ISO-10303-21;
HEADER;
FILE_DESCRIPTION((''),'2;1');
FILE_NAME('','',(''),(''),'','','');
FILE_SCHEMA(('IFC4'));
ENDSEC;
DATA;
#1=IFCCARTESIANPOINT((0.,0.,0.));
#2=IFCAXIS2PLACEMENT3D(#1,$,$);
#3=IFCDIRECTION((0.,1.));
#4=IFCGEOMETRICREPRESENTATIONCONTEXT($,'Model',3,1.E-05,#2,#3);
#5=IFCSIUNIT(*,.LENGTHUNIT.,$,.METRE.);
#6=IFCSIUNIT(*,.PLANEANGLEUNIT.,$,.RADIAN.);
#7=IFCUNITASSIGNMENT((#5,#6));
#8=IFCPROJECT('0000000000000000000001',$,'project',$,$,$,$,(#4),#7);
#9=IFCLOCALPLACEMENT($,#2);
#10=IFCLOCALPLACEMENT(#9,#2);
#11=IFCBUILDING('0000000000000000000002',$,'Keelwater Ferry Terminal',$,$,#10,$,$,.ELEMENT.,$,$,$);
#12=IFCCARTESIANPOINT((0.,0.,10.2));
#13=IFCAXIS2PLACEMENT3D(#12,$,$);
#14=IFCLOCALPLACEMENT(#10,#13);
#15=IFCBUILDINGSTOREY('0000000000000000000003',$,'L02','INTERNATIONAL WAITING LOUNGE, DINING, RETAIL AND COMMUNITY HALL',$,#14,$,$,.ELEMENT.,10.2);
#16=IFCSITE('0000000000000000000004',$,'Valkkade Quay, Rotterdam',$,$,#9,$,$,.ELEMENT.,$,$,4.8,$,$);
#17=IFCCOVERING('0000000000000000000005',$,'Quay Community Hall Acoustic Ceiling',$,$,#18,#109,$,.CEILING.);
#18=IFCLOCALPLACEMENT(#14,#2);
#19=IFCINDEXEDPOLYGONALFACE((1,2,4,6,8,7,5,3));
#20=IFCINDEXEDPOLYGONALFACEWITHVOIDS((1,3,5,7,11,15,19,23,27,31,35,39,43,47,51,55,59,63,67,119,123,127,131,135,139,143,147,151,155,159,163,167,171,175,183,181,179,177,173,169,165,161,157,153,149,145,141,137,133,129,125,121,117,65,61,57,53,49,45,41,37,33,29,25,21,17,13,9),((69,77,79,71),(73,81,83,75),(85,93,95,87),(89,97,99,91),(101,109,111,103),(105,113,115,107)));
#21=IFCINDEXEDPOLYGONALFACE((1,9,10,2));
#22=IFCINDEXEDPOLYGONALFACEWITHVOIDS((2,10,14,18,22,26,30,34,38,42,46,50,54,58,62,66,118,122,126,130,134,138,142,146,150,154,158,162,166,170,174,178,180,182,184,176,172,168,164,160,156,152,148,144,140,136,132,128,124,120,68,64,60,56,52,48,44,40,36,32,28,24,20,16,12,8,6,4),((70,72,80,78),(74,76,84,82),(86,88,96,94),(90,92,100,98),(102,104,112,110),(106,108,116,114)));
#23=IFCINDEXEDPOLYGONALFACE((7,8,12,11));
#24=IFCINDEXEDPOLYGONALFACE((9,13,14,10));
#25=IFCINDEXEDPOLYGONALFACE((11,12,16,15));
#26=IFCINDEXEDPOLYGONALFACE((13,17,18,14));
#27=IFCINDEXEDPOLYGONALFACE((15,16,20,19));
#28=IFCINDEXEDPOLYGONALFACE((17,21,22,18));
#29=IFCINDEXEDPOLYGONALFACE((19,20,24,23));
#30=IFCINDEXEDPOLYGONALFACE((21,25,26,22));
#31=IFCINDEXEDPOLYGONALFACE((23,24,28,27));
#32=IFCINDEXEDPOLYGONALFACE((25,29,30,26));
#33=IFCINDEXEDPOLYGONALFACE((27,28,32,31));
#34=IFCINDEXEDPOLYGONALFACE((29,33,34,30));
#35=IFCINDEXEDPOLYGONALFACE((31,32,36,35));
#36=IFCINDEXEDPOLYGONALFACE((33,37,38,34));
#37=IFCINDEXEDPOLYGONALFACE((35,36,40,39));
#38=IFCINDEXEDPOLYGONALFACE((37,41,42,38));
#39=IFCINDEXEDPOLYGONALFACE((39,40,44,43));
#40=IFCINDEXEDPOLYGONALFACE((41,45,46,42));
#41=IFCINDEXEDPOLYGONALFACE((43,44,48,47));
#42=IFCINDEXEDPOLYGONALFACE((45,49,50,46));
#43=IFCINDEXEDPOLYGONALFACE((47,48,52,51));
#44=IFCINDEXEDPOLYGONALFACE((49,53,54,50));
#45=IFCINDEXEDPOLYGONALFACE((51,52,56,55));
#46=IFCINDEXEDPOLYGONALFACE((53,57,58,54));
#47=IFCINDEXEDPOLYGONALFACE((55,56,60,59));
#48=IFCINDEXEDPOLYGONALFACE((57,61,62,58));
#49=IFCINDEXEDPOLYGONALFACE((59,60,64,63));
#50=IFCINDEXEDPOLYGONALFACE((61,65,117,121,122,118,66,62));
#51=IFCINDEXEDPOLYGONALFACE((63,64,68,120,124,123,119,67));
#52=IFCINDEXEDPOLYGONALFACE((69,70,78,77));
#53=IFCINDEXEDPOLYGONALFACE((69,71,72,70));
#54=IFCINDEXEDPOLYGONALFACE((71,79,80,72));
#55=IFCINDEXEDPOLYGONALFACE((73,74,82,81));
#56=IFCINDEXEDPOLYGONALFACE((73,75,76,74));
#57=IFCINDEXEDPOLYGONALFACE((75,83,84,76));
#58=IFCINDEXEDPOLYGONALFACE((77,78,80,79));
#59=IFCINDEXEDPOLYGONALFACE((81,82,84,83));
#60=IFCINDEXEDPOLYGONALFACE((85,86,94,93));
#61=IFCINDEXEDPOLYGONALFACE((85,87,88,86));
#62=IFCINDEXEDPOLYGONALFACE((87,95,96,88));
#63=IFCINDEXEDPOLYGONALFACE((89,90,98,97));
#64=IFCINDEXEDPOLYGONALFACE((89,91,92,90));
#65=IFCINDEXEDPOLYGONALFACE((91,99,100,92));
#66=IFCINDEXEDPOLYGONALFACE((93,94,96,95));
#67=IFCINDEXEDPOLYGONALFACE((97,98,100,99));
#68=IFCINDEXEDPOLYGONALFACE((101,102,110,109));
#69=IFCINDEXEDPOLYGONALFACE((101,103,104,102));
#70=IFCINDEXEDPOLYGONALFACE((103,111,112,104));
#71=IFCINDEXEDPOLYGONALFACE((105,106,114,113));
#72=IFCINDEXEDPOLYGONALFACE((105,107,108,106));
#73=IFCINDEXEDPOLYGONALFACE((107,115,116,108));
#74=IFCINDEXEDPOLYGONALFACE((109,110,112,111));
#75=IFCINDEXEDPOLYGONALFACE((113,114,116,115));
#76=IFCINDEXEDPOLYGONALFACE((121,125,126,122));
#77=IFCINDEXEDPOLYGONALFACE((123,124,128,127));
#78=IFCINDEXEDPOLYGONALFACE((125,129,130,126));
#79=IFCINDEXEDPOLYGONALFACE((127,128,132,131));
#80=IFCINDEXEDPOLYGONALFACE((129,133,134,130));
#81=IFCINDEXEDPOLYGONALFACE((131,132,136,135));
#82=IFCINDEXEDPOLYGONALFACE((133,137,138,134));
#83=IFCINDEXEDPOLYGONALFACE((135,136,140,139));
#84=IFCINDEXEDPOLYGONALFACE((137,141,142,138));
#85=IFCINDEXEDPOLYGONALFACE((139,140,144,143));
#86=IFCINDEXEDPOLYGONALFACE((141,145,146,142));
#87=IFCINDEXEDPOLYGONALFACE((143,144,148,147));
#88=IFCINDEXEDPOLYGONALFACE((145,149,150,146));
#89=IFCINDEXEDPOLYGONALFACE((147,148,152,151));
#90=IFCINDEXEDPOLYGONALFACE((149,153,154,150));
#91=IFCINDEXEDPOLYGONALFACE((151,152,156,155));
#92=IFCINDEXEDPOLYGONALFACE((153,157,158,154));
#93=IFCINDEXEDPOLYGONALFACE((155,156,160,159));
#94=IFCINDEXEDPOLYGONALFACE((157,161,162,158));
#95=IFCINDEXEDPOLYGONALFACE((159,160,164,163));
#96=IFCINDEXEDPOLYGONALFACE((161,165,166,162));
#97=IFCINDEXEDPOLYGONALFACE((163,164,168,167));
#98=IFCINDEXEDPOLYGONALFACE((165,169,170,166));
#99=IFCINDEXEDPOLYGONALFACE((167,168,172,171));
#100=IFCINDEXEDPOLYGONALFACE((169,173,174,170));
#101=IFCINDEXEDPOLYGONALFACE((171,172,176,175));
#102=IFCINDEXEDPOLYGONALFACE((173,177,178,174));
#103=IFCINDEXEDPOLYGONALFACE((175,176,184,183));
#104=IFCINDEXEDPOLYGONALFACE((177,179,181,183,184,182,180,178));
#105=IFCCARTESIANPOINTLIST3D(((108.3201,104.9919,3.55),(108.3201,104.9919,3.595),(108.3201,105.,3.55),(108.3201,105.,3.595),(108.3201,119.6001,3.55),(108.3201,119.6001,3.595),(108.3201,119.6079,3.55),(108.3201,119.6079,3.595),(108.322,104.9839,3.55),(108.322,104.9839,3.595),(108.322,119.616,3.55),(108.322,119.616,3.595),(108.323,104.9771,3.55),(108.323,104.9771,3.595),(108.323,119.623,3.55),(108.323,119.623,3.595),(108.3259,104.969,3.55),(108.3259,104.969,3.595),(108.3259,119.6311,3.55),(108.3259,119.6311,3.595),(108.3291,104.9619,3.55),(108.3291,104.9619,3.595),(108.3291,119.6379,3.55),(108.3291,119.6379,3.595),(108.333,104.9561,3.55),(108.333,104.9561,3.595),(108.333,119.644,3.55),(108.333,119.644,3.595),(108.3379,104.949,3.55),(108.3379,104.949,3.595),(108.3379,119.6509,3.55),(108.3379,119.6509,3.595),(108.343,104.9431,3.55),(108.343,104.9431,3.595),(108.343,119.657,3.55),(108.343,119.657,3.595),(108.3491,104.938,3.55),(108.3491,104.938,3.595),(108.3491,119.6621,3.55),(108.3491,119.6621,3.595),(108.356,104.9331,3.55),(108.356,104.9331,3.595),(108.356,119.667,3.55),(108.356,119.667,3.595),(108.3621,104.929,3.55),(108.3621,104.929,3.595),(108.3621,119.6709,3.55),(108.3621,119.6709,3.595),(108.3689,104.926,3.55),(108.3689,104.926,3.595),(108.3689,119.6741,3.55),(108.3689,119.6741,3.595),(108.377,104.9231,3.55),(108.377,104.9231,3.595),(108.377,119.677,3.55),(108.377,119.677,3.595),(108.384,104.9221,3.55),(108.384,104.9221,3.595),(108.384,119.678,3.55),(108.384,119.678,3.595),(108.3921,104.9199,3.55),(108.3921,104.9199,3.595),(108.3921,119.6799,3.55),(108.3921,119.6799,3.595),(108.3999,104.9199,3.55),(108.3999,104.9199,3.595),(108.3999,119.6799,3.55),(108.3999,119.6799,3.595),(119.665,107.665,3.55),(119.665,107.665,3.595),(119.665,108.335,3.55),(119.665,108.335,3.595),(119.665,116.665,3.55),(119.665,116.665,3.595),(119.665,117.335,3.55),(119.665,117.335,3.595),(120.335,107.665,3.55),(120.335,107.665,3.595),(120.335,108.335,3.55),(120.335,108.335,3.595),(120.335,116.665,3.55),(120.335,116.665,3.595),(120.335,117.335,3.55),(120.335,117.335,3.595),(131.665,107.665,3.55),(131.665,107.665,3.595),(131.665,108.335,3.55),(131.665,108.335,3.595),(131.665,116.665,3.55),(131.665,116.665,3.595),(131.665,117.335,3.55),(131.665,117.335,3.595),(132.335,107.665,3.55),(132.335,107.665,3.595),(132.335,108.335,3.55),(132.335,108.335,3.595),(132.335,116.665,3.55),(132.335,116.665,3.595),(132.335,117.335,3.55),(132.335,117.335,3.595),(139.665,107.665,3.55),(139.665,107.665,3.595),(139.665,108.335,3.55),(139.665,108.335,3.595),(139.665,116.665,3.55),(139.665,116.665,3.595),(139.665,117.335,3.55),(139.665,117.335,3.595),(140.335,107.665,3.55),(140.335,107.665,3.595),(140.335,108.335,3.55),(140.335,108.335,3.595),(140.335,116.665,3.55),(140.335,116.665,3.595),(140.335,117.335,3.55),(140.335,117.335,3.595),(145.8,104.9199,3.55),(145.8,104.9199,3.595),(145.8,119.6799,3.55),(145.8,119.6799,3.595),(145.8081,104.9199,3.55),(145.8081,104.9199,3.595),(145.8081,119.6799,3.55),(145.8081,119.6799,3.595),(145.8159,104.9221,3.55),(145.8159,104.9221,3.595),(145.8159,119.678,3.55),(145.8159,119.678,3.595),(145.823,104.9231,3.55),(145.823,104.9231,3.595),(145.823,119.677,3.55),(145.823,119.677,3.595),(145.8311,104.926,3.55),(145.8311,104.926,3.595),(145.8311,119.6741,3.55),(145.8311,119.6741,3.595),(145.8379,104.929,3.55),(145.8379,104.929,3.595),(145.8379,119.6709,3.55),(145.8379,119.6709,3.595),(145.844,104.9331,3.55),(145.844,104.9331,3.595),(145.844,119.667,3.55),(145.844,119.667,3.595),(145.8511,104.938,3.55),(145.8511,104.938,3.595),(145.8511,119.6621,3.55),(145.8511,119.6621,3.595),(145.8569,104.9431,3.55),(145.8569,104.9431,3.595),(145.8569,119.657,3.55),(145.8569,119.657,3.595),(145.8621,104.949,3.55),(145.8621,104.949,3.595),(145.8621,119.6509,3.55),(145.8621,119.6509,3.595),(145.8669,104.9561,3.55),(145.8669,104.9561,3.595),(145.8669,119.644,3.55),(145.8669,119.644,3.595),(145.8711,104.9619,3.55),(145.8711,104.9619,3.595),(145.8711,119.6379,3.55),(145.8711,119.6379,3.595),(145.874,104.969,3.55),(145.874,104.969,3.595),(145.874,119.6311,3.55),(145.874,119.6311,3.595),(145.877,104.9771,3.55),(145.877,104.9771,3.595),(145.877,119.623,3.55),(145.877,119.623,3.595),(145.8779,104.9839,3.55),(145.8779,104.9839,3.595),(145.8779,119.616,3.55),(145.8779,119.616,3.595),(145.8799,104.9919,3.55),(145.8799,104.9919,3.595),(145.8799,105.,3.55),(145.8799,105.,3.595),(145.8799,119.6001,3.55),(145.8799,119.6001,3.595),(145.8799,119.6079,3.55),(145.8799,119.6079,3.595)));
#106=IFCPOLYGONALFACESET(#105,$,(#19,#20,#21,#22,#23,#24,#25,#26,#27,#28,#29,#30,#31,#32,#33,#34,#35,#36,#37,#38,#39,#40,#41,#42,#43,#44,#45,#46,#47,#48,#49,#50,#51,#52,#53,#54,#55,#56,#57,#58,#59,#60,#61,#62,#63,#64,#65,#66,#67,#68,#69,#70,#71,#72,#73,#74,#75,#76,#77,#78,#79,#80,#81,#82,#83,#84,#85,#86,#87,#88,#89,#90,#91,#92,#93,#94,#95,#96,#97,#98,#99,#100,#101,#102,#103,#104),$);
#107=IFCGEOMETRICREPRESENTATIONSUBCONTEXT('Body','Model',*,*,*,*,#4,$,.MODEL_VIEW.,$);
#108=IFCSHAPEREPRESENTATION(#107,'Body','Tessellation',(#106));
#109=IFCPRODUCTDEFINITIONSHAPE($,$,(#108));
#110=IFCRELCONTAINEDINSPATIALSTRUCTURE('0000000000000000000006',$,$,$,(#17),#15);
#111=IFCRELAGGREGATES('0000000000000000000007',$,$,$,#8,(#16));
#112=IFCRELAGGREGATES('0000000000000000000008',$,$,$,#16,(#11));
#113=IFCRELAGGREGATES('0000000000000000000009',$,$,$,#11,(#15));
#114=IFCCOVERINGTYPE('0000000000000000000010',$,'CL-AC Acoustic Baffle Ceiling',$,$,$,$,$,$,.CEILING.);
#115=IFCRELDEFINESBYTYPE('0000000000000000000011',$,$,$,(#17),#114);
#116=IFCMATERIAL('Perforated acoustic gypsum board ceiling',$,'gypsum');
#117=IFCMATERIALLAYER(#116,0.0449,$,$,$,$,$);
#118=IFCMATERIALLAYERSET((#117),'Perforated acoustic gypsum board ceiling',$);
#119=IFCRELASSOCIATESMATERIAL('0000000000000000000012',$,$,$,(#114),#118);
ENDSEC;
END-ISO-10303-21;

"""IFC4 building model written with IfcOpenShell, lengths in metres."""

from ifc_helpers import new_model, si_unit, direction, frame, origin, place, context, subcontext, project, spatial, polyline, outline, extrude, material, layer, layer_set, type_object, element, save


model = new_model("IFC4")

# Units and contexts
model_context = context("Model", 3, precision=1e-05, world=origin(), true_north=direction((0.0, 1.0)))
body_context = subcontext(model_context, "Body", "Model", "MODEL_VIEW")
ifc_project = project(units=[si_unit("LENGTHUNIT", "METRE"), si_unit("PLANEANGLEUNIT", "RADIAN")], contexts=[model_context])

# Site, building, storey
site_placement = place(None, origin())
site = spatial("IfcSite", under=ifc_project, at=site_placement, Name="Valkkade Quay, Rotterdam", CompositionType="ELEMENT", RefElevation=4.8)
building_placement = place(site_placement, origin())
building = spatial("IfcBuilding", under=site, at=building_placement, Name="Keelwater Ferry Terminal", CompositionType="ELEMENT")
storey_placement = place(building_placement, frame((0.0, 0.0, 10.2)))
storey = spatial("IfcBuildingStorey", under=building, at=storey_placement, Name="L02", Description="INTERNATIONAL WAITING LOUNGE, DINING, RETAIL AND COMMUNITY HALL", CompositionType="ELEMENT", Elevation=10.2)

# Covering
ifc_material_1 = material(Name="Perforated acoustic gypsum board ceiling", Category="gypsum")
ifc_layer_1 = layer(ifc_material_1, 0.0449)
ifc_layer_set_1 = layer_set([ifc_layer_1], Name="Perforated acoustic gypsum board ceiling")
covering_type_1 = type_object("IfcCoveringType", Name="CL-AC Acoustic Baffle Ceiling", PredefinedType="CEILING", material=ifc_layer_set_1)
covering_1_placement = place(storey_placement, frame((0.0, 0.0, 3.55)))
element("IfcCovering", 1, at=covering_1_placement, inside=storey, type_object=covering_type_1, Name="Quay Community Hall Acoustic Ceiling", PredefinedType="CEILING", context=body_context, shape_type="SweptSolid", body=[
    extrude(outline(polyline([(145.8159, 119.678), (145.823, 119.677), (145.8311, 119.6741), (145.8379, 119.6709), (145.844, 119.667), (145.8511, 119.6621), (145.8569, 119.657), (145.8621, 119.6509), (145.8669, 119.644), (145.8711, 119.6379), (145.874, 119.6311), (145.877, 119.623), (145.8779, 119.616), (145.8799, 119.6079), (145.8799, 119.6001), (145.8799, 105.0), (145.8799, 104.9919), (145.8779, 104.9839), (145.877, 104.9771), (145.874, 104.969), (145.8711, 104.9619), (145.8669, 104.9561), (145.8621, 104.949), (145.8569, 104.9431), (145.8511, 104.938), (145.844, 104.9331), (145.8379, 104.929), (145.8311, 104.926), (145.823, 104.9231), (145.8159, 104.9221), (145.8081, 104.9199), (145.8, 104.9199), (108.3999, 104.9199), (108.3921, 104.9199), (108.384, 104.9221), (108.377, 104.9231), (108.3689, 104.926), (108.3621, 104.929), (108.356, 104.9331), (108.3491, 104.938), (108.343, 104.9431), (108.3379, 104.949), (108.333, 104.9561), (108.3291, 104.9619), (108.3259, 104.969), (108.323, 104.9771), (108.322, 104.9839), (108.3201, 104.9919), (108.3201, 105.0), (108.3201, 119.6001), (108.3201, 119.6079), (108.322, 119.616), (108.323, 119.623), (108.3259, 119.6311), (108.3291, 119.6379), (108.333, 119.644), (108.3379, 119.6509), (108.343, 119.657), (108.3491, 119.6621), (108.356, 119.667), (108.3621, 119.6709), (108.3689, 119.6741), (108.377, 119.677), (108.384, 119.678), (108.3921, 119.6799), (108.3999, 119.6799), (145.8, 119.6799), (145.8081, 119.6799), (145.8159, 119.678)]), holes=[polyline([(119.665, 108.335), (119.665, 107.665), (120.335, 107.665), (120.335, 108.335), (119.665, 108.335)]), polyline([(131.665, 108.335), (131.665, 107.665), (132.335, 107.665), (132.335, 108.335), (131.665, 108.335)]), polyline([(119.665, 117.335), (119.665, 116.665), (120.335, 116.665), (120.335, 117.335), (119.665, 117.335)]), polyline([(131.665, 117.335), (131.665, 116.665), (132.335, 116.665), (132.335, 117.335), (131.665, 117.335)]), polyline([(139.665, 108.335), (139.665, 107.665), (140.335, 107.665), (140.335, 108.335), (139.665, 108.335)]), polyline([(139.665, 117.335), (139.665, 116.665), (140.335, 116.665), (140.335, 117.335), (139.665, 117.335)])]), origin(), (0.0, 0.0, 1.0), 0.0449),
])

save(model, "model.ifc")
